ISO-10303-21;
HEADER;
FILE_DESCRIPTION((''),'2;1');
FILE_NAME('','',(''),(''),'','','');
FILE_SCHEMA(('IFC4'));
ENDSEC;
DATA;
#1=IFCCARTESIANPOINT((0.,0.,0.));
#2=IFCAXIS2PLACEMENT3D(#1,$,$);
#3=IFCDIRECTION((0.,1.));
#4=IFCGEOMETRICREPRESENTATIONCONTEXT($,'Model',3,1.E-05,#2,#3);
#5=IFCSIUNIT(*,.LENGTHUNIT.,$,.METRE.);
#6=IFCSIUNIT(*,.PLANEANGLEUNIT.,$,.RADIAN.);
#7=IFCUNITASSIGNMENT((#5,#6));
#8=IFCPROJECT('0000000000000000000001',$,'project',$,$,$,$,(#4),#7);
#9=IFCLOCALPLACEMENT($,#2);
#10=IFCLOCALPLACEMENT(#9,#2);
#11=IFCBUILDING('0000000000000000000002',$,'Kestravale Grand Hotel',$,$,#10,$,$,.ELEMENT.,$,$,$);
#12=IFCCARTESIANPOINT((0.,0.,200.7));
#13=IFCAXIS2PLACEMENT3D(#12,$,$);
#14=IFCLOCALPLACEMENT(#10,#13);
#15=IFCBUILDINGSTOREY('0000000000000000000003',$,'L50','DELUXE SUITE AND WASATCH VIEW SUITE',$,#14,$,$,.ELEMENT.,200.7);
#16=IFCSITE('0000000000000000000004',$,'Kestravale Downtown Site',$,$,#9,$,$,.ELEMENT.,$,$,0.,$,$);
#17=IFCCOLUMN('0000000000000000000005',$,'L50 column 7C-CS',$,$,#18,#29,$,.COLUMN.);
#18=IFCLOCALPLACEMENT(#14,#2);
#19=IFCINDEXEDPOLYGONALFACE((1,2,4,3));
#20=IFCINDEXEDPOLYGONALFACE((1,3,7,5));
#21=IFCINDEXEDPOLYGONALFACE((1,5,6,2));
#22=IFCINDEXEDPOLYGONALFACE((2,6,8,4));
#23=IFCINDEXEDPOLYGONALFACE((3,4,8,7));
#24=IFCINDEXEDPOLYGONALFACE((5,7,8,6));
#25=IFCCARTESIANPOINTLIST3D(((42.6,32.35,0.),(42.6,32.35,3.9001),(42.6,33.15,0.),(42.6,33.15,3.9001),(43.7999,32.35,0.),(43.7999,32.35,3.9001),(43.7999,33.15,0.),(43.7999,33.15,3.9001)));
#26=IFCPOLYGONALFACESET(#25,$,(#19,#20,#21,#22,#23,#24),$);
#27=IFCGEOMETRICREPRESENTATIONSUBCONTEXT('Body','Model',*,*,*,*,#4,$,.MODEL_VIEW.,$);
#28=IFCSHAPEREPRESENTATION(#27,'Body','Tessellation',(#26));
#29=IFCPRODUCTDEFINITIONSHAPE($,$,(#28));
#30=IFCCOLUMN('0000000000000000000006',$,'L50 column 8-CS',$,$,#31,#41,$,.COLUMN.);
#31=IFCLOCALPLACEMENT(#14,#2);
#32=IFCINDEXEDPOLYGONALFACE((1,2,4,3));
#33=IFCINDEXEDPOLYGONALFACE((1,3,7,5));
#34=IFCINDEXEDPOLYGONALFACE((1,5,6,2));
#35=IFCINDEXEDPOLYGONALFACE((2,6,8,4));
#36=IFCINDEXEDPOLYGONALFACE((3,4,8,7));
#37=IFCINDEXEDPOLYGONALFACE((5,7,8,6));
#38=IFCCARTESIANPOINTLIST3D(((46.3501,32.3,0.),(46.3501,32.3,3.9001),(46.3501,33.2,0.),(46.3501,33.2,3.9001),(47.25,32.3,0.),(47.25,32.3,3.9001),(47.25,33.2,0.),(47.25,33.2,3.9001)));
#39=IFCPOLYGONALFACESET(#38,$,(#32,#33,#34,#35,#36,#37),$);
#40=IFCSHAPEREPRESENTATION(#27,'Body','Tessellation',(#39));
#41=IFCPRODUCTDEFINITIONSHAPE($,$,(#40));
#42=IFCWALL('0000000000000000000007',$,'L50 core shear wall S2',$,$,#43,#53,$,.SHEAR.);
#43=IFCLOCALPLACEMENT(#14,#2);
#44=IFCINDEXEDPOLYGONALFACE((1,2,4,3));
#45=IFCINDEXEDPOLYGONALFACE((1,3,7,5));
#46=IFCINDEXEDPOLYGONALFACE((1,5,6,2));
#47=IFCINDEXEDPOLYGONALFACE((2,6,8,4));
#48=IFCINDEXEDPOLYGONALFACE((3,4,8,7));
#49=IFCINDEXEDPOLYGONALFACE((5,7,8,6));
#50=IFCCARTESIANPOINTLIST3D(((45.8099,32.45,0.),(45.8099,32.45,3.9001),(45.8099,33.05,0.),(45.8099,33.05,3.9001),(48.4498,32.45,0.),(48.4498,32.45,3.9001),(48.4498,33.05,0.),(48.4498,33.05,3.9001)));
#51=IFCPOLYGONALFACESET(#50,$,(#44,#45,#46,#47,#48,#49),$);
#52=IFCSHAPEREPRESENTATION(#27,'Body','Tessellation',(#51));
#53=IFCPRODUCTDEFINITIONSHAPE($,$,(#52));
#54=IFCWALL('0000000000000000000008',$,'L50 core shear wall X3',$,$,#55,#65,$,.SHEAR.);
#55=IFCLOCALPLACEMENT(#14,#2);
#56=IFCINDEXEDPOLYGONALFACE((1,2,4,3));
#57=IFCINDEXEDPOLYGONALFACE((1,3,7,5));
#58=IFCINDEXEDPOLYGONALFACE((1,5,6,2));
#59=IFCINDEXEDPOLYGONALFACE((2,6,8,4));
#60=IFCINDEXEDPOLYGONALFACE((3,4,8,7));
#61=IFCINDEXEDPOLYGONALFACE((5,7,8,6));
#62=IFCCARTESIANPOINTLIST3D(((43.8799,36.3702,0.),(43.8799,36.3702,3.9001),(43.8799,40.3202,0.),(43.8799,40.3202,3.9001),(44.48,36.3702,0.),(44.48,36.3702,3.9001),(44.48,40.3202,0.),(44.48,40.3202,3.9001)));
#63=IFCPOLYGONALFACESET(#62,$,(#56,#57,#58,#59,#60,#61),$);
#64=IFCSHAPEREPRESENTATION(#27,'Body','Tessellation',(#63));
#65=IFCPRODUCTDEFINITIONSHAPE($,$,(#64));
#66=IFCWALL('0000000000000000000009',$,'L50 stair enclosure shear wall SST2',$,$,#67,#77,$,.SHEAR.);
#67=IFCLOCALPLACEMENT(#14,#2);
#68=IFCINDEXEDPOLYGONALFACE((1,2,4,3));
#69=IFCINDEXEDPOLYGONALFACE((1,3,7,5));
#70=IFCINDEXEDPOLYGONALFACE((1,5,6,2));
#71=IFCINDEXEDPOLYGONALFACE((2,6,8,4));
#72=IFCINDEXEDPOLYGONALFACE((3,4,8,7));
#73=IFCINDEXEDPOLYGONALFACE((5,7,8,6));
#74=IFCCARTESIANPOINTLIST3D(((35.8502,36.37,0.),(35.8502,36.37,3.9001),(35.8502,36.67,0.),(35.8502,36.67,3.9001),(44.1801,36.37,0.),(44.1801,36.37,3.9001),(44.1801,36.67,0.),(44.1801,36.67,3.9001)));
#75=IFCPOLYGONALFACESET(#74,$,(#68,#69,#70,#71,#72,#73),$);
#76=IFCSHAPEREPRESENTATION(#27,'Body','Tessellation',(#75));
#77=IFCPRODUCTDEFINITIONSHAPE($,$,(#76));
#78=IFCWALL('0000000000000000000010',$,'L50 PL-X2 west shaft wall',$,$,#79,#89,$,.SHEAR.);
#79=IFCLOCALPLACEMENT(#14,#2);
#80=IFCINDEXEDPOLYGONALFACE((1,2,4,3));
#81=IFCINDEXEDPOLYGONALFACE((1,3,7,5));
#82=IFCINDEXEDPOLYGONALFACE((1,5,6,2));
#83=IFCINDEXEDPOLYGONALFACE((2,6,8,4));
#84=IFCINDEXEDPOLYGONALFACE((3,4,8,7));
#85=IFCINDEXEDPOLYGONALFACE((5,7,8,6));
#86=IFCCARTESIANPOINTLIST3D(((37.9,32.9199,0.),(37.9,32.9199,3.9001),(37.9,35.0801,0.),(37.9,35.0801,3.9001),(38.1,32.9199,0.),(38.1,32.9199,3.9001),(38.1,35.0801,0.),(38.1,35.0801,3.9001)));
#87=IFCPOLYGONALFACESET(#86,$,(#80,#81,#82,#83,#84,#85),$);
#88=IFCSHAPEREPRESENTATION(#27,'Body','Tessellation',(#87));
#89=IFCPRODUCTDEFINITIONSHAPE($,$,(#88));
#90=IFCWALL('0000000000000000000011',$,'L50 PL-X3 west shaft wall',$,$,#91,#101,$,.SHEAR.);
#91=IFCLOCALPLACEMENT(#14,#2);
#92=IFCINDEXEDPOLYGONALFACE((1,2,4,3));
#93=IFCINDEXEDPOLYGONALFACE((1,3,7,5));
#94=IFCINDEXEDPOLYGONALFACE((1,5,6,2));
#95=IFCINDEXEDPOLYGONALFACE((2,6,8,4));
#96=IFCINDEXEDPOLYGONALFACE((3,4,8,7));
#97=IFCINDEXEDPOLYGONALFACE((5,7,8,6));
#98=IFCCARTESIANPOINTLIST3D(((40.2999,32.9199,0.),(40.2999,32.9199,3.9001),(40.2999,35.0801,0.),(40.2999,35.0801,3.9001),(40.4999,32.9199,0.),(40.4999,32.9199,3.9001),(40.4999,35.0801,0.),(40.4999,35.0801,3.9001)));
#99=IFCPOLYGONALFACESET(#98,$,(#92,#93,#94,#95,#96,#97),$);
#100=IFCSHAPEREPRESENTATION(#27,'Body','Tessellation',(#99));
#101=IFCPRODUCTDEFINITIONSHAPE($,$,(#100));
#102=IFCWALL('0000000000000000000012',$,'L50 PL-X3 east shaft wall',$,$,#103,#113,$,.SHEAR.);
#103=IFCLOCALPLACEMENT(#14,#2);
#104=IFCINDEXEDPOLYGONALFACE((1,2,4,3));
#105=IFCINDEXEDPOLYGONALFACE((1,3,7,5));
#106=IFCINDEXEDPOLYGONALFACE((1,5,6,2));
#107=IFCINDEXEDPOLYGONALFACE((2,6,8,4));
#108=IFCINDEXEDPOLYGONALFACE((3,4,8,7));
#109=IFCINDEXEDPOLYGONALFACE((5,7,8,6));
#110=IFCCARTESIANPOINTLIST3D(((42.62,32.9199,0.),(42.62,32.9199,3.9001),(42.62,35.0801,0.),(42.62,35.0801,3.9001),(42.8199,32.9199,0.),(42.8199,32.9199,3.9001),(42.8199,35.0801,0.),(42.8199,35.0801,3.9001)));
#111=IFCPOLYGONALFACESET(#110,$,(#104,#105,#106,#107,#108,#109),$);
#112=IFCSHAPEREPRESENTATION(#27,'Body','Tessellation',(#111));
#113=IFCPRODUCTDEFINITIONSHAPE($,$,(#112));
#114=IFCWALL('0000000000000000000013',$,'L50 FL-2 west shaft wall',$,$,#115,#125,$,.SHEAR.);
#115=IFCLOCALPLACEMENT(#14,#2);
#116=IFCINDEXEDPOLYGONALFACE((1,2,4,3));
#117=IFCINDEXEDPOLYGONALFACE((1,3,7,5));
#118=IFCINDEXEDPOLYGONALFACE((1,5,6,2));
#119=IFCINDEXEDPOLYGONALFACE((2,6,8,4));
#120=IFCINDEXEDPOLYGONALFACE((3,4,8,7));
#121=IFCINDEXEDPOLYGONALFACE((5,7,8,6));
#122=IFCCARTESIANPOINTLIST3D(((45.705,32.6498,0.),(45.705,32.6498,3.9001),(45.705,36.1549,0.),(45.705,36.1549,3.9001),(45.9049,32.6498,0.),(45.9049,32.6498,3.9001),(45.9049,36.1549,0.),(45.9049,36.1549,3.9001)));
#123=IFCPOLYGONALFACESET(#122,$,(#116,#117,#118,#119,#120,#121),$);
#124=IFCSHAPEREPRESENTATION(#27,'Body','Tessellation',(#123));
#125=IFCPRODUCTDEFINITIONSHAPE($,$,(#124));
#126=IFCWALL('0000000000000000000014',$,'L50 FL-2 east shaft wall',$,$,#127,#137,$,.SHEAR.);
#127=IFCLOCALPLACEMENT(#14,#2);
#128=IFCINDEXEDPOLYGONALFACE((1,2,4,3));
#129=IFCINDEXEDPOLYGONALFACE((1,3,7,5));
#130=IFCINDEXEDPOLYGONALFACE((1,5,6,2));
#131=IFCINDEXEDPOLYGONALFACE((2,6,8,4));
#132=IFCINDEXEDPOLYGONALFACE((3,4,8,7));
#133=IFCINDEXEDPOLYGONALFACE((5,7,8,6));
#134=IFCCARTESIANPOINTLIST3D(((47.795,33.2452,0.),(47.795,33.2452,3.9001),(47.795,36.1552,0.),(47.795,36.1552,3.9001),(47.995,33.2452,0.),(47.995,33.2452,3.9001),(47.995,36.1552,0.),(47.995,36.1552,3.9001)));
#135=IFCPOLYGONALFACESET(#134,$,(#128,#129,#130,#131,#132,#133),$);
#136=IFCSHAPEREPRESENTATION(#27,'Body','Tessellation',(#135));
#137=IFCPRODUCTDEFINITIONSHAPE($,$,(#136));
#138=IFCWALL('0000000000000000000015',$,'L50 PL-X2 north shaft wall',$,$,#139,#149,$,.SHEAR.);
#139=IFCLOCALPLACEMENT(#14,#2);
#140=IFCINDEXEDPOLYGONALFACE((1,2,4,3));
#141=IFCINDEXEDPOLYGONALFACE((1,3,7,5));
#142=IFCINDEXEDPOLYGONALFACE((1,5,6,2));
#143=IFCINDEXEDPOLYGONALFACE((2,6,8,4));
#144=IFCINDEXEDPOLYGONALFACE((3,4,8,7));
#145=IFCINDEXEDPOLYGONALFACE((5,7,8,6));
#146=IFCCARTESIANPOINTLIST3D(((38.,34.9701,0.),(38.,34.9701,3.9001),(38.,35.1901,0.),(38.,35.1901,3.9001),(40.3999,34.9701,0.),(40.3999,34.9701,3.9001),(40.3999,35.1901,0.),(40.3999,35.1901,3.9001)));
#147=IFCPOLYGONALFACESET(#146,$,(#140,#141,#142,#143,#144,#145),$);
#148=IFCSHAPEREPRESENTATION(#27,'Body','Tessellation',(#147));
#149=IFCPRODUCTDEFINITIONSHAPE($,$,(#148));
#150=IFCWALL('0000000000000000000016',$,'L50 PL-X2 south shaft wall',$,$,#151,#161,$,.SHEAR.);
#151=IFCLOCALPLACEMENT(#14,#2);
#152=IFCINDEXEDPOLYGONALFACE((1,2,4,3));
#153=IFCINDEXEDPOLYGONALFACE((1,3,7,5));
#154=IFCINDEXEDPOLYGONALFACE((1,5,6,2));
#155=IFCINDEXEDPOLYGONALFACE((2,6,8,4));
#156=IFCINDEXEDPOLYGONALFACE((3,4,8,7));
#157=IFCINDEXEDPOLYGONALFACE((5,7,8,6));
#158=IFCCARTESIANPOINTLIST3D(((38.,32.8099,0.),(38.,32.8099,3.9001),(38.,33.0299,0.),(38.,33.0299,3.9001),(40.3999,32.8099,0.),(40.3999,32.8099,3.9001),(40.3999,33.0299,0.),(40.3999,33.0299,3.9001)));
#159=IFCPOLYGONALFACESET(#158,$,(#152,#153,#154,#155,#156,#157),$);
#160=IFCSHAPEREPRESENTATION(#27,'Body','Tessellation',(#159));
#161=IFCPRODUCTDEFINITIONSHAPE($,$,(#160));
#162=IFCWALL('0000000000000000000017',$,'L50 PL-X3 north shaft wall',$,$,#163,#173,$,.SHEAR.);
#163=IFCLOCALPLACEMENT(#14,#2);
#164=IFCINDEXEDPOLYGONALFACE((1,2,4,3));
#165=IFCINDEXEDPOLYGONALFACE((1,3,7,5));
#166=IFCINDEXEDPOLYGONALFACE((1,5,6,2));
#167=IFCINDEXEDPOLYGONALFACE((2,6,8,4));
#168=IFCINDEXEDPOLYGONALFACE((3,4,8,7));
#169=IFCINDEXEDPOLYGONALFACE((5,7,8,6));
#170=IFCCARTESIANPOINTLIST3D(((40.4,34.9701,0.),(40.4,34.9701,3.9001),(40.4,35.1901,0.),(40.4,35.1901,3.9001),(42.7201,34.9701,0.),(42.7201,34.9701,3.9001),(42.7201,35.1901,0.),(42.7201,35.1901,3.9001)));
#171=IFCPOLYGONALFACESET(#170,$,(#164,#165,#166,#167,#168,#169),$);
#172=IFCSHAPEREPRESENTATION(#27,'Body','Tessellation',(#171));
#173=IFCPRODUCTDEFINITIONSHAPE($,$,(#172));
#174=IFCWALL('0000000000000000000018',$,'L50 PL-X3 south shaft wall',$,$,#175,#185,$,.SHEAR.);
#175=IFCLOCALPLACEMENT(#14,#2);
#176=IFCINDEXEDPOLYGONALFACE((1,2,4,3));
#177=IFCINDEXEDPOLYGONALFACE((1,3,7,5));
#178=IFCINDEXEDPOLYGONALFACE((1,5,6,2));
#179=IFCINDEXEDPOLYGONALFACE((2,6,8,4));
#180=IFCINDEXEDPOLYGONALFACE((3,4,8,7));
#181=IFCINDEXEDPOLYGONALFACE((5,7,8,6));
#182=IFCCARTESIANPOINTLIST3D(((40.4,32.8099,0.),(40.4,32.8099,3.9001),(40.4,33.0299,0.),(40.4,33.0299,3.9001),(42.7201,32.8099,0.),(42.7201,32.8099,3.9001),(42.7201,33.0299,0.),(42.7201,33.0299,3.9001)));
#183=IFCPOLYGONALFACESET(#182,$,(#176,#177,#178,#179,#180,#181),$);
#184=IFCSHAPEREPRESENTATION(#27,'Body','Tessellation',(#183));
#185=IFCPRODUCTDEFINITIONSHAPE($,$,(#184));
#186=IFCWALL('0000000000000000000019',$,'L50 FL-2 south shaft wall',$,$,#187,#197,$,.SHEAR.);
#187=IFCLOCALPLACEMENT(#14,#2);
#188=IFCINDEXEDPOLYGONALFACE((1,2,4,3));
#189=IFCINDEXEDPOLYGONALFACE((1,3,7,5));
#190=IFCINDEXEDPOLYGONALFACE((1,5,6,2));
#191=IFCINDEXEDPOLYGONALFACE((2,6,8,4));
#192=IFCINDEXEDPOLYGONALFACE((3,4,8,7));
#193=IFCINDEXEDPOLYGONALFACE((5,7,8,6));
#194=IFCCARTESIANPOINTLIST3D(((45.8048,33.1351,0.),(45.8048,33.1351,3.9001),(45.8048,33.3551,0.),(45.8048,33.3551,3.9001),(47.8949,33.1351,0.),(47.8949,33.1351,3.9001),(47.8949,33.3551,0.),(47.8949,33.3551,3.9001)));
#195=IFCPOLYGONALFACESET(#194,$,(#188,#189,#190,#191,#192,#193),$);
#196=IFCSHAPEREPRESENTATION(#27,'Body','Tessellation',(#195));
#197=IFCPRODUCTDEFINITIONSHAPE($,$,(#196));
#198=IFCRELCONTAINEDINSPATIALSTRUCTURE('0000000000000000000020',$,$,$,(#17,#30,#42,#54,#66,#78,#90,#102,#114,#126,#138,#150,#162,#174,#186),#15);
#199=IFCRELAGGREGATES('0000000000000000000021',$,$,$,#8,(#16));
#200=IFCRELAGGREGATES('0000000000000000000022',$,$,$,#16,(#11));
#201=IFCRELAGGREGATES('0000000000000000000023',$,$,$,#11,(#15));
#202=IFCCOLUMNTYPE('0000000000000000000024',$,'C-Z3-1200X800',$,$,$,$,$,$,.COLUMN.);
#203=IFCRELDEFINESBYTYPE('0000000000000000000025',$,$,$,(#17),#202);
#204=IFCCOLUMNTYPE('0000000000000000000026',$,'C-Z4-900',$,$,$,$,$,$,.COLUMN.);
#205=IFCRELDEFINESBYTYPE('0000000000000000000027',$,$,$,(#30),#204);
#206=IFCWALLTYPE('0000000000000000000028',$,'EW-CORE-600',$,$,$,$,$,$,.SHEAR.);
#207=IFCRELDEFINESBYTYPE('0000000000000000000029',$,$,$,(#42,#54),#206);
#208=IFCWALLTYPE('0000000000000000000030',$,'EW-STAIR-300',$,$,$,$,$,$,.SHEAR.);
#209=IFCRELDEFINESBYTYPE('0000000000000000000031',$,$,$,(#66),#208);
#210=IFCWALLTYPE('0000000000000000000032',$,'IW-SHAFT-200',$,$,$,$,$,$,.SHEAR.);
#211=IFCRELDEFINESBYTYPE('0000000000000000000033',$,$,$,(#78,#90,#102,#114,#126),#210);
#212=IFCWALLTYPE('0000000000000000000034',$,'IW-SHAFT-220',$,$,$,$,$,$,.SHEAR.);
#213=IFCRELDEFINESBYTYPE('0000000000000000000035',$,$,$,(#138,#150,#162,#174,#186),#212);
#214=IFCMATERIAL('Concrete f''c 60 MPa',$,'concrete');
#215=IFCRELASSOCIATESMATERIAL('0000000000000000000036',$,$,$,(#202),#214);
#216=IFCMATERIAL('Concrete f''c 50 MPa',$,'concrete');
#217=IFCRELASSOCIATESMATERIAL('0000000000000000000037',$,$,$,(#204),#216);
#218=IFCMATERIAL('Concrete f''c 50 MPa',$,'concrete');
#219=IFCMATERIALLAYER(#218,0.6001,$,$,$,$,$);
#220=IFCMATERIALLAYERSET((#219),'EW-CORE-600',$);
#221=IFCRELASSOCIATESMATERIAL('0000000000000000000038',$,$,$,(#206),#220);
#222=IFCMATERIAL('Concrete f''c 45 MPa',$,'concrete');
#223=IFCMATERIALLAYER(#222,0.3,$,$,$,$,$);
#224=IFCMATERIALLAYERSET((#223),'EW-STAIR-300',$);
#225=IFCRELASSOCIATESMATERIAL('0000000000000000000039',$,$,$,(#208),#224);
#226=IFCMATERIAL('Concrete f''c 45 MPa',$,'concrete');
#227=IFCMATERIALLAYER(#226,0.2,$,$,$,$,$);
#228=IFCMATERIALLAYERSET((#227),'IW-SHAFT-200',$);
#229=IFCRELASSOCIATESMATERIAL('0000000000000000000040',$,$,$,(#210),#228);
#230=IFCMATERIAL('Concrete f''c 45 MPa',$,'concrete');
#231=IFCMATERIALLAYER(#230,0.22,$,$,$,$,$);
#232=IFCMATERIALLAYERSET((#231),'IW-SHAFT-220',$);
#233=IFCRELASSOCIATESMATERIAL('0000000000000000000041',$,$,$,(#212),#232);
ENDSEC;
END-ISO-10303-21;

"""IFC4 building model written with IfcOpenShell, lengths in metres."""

from ifc_helpers import new_model, si_unit, direction, frame, frame_2d, origin, origin_2d, place, context, subcontext, project, spatial, rectangle, extrude, material, layer, layer_set, material_profile, profile_set, type_object, element, save


model = new_model("IFC4")

# Units and contexts
model_context = context("Model", 3, precision=1e-05, world=origin(), true_north=direction((0.0, 1.0)))
body_context = subcontext(model_context, "Body", "Model", "MODEL_VIEW")
ifc_project = project(units=[si_unit("LENGTHUNIT", "METRE"), si_unit("PLANEANGLEUNIT", "RADIAN")], contexts=[model_context])

# Site, building, storey
site_placement = place(None, origin())
site = spatial("IfcSite", under=ifc_project, at=site_placement, Name="Kestravale Downtown Site", CompositionType="ELEMENT", RefElevation=0.0)
building_placement = place(site_placement, origin())
building = spatial("IfcBuilding", under=site, at=building_placement, Name="Kestravale Grand Hotel", CompositionType="ELEMENT")
storey_placement = place(building_placement, frame((0.0, 0.0, 200.7)))
storey = spatial("IfcBuildingStorey", under=building, at=storey_placement, Name="L50", Description="DELUXE SUITE AND WASATCH VIEW SUITE", CompositionType="ELEMENT", Elevation=200.7)

# Columns
ifc_material_1 = material(Name="Concrete f'c 60 MPa", Category="concrete")
ifc_material_profile_1 = material_profile(ifc_material_1, rectangle(XDim=1.2, YDim=0.8, at=origin_2d()))
ifc_profile_set_1 = profile_set([ifc_material_profile_1], Name="Concrete f'c 60 MPa")
column_type_1 = type_object("IfcColumnType", Name="C-Z3-1200X800", PredefinedType="COLUMN", material=ifc_profile_set_1)
column_1_placement = place(storey_placement, frame((43.2, 32.75, 0.0), z_axis=(0.0, 0.0, 1.0), x_axis=(1.0, 0.0, 0.0)))
element("IfcColumn", 1, at=column_1_placement, inside=storey, type_object=column_type_1, Name="L50 column 7C-CS", PredefinedType="COLUMN", context=body_context, shape_type="SweptSolid", body=[
    extrude(rectangle(XDim=1.2, YDim=0.8, at=origin_2d()), origin(), (0.0, 0.0, 1.0), 3.9001),
])
ifc_material_2 = material(Name="Concrete f'c 50 MPa", Category="concrete")
ifc_material_profile_2 = material_profile(ifc_material_2, rectangle(XDim=0.8999, YDim=0.8999, at=origin_2d()))
ifc_profile_set_2 = profile_set([ifc_material_profile_2], Name="Concrete f'c 50 MPa")
column_type_2 = type_object("IfcColumnType", Name="C-Z4-900", PredefinedType="COLUMN", material=ifc_profile_set_2)
column_2_placement = place(storey_placement, frame((46.8, 32.75, 0.0), z_axis=(0.0, 0.0, 1.0), x_axis=(1.0, 0.0, 0.0)))
element("IfcColumn", 2, at=column_2_placement, inside=storey, type_object=column_type_2, Name="L50 column 8-CS", PredefinedType="COLUMN", context=body_context, shape_type="SweptSolid", body=[
    extrude(rectangle(XDim=0.8999, YDim=0.8999, at=origin_2d()), origin(), (0.0, 0.0, 1.0), 3.9001),
])

# Walls
ifc_material_3 = material(Name="Concrete f'c 50 MPa", Category="concrete")
ifc_layer_1 = layer(ifc_material_3, 0.6001)
ifc_layer_set_1 = layer_set([ifc_layer_1], Name="EW-CORE-600")
wall_type_1 = type_object("IfcWallType", Name="EW-CORE-600", PredefinedType="SHEAR", material=ifc_layer_set_1)
wall_1_placement = place(storey_placement, frame((45.8101, 32.75, 0.0), z_axis=(0.0, 0.0, 1.0), x_axis=(1.0, 0.0, 0.0)))
element("IfcWall", 3, at=wall_1_placement, inside=storey, type_object=wall_type_1, Name="L50 core shear wall S2", PredefinedType="SHEAR", context=body_context, shape_type="SweptSolid", body=[
    extrude(rectangle(XDim=2.6399, YDim=0.6001, at=frame_2d((1.3198, 0.0))), origin(), (0.0, 0.0, 1.0), 3.9001),
])
wall_2_placement = place(storey_placement, frame((44.1799, 36.3701, 0.0), z_axis=(0.0, 0.0, 1.0), x_axis=(0.0, 1.0, 0.0)))
element("IfcWall", 4, at=wall_2_placement, inside=storey, type_object=wall_type_1, Name="L50 core shear wall X3", PredefinedType="SHEAR", context=body_context, shape_type="SweptSolid", body=[
    extrude(rectangle(XDim=3.95, YDim=0.6001, at=frame_2d((1.9751, 0.0))), origin(), (0.0, 0.0, 1.0), 3.9001),
])

# Wall
ifc_material_4 = material(Name="Concrete f'c 45 MPa", Category="concrete")
ifc_layer_2 = layer(ifc_material_4, 0.3)
ifc_layer_set_2 = layer_set([ifc_layer_2], Name="EW-STAIR-300")
wall_type_2 = type_object("IfcWallType", Name="EW-STAIR-300", PredefinedType="SHEAR", material=ifc_layer_set_2)
wall_3_placement = place(storey_placement, frame((35.8501, 36.52, 0.0), z_axis=(0.0, 0.0, 1.0), x_axis=(1.0, 0.0, 0.0)))
element("IfcWall", 5, at=wall_3_placement, inside=storey, type_object=wall_type_2, Name="L50 stair enclosure shear wall SST2", PredefinedType="SHEAR", context=body_context, shape_type="SweptSolid", body=[
    extrude(rectangle(XDim=8.3298, YDim=0.3, at=frame_2d((4.165, 0.0))), origin(), (0.0, 0.0, 1.0), 3.9001),
])

# Walls
ifc_material_5 = material(Name="Concrete f'c 45 MPa", Category="concrete")
ifc_layer_3 = layer(ifc_material_5, 0.2)
ifc_layer_set_3 = layer_set([ifc_layer_3], Name="IW-SHAFT-200")
wall_type_3 = type_object("IfcWallType", Name="IW-SHAFT-200", PredefinedType="SHEAR", material=ifc_layer_set_3)
for number, where, z_axis, x_axis, name in (
    (6, (38.0, 32.9199, 0.0), (0.0, 0.0, 1.0), (0.0, 1.0, 0.0), "L50 PL-X2 west shaft wall"),
    (7, (40.3999, 32.9199, 0.0), (0.0, 0.0, 1.0), (0.0, 1.0, 0.0), "L50 PL-X3 west shaft wall"),
    (8, (42.72, 32.9199, 0.0), (0.0, 0.0, 1.0), (0.0, 1.0, 0.0), "L50 PL-X3 east shaft wall"),
):
    element("IfcWall", number, at=place(storey_placement, frame(where, z_axis=z_axis, x_axis=x_axis)), inside=storey, type_object=wall_type_3, Name=name, PredefinedType="SHEAR", context=body_context, shape_type="SweptSolid", body=[
        extrude(rectangle(XDim=2.1602, YDim=0.2, at=frame_2d((1.0801, 0.0))), origin(), (0.0, 0.0, 1.0), 3.9001),
    ])
wall_4_placement = place(storey_placement, frame((45.8049, 32.6499, 0.0), z_axis=(0.0, 0.0, 1.0), x_axis=(0.0, 1.0, 0.0)))
element("IfcWall", 9, at=wall_4_placement, inside=storey, type_object=wall_type_3, Name="L50 FL-2 west shaft wall", PredefinedType="SHEAR", context=body_context, shape_type="SweptSolid", body=[
    extrude(rectangle(XDim=3.5051, YDim=0.2, at=frame_2d((1.7524, 0.0))), origin(), (0.0, 0.0, 1.0), 3.9001),
])
wall_5_placement = place(storey_placement, frame((47.895, 33.2451, 0.0), z_axis=(0.0, 0.0, 1.0), x_axis=(0.0, 1.0, 0.0)))
element("IfcWall", 10, at=wall_5_placement, inside=storey, type_object=wall_type_3, Name="L50 FL-2 east shaft wall", PredefinedType="SHEAR", context=body_context, shape_type="SweptSolid", body=[
    extrude(rectangle(XDim=2.9099, YDim=0.2, at=frame_2d((1.4551, 0.0))), origin(), (0.0, 0.0, 1.0), 3.9001),
])

# Shared definitions
ifc_material_6 = material(Name="Concrete f'c 45 MPa", Category="concrete")
ifc_layer_4 = layer(ifc_material_6, 0.22)
ifc_layer_set_4 = layer_set([ifc_layer_4], Name="IW-SHAFT-220")
wall_type_4 = type_object("IfcWallType", Name="IW-SHAFT-220", PredefinedType="SHEAR", material=ifc_layer_set_4)

# Walls
for number, where, z_axis, x_axis, name in (
    (11, (38.0, 35.0801, 0.0), (0.0, 0.0, 1.0), (1.0, 0.0, 0.0), "L50 PL-X2 north shaft wall"),
    (12, (38.0, 32.9199, 0.0), (0.0, 0.0, 1.0), (1.0, 0.0, 0.0), "L50 PL-X2 south shaft wall"),
):
    element("IfcWall", number, at=place(storey_placement, frame(where, z_axis=z_axis, x_axis=x_axis)), inside=storey, type_object=wall_type_4, Name=name, PredefinedType="SHEAR", context=body_context, shape_type="SweptSolid", body=[
        extrude(rectangle(XDim=2.3999, YDim=0.22, at=frame_2d((1.2, 0.0))), origin(), (0.0, 0.0, 1.0), 3.9001),
    ])
for number, where, z_axis, x_axis, name in (
    (13, (40.3999, 35.0801, 0.0), (0.0, 0.0, 1.0), (1.0, 0.0, 0.0), "L50 PL-X3 north shaft wall"),
    (14, (40.3999, 32.9199, 0.0), (0.0, 0.0, 1.0), (1.0, 0.0, 0.0), "L50 PL-X3 south shaft wall"),
):
    element("IfcWall", number, at=place(storey_placement, frame(where, z_axis=z_axis, x_axis=x_axis)), inside=storey, type_object=wall_type_4, Name=name, PredefinedType="SHEAR", context=body_context, shape_type="SweptSolid", body=[
        extrude(rectangle(XDim=2.3201, YDim=0.22, at=frame_2d((1.1602, 0.0))), origin(), (0.0, 0.0, 1.0), 3.9001),
    ])

# Wall
wall_6_placement = place(storey_placement, frame((45.8049, 33.2451, 0.0), z_axis=(0.0, 0.0, 1.0), x_axis=(1.0, 0.0, 0.0)))
element("IfcWall", 15, at=wall_6_placement, inside=storey, type_object=wall_type_4, Name="L50 FL-2 south shaft wall", PredefinedType="SHEAR", context=body_context, shape_type="SweptSolid", body=[
    extrude(rectangle(XDim=2.0901, YDim=0.22, at=frame_2d((1.0449, 0.0))), origin(), (0.0, 0.0, 1.0), 3.9001),
])

save(model, "model.ifc")
